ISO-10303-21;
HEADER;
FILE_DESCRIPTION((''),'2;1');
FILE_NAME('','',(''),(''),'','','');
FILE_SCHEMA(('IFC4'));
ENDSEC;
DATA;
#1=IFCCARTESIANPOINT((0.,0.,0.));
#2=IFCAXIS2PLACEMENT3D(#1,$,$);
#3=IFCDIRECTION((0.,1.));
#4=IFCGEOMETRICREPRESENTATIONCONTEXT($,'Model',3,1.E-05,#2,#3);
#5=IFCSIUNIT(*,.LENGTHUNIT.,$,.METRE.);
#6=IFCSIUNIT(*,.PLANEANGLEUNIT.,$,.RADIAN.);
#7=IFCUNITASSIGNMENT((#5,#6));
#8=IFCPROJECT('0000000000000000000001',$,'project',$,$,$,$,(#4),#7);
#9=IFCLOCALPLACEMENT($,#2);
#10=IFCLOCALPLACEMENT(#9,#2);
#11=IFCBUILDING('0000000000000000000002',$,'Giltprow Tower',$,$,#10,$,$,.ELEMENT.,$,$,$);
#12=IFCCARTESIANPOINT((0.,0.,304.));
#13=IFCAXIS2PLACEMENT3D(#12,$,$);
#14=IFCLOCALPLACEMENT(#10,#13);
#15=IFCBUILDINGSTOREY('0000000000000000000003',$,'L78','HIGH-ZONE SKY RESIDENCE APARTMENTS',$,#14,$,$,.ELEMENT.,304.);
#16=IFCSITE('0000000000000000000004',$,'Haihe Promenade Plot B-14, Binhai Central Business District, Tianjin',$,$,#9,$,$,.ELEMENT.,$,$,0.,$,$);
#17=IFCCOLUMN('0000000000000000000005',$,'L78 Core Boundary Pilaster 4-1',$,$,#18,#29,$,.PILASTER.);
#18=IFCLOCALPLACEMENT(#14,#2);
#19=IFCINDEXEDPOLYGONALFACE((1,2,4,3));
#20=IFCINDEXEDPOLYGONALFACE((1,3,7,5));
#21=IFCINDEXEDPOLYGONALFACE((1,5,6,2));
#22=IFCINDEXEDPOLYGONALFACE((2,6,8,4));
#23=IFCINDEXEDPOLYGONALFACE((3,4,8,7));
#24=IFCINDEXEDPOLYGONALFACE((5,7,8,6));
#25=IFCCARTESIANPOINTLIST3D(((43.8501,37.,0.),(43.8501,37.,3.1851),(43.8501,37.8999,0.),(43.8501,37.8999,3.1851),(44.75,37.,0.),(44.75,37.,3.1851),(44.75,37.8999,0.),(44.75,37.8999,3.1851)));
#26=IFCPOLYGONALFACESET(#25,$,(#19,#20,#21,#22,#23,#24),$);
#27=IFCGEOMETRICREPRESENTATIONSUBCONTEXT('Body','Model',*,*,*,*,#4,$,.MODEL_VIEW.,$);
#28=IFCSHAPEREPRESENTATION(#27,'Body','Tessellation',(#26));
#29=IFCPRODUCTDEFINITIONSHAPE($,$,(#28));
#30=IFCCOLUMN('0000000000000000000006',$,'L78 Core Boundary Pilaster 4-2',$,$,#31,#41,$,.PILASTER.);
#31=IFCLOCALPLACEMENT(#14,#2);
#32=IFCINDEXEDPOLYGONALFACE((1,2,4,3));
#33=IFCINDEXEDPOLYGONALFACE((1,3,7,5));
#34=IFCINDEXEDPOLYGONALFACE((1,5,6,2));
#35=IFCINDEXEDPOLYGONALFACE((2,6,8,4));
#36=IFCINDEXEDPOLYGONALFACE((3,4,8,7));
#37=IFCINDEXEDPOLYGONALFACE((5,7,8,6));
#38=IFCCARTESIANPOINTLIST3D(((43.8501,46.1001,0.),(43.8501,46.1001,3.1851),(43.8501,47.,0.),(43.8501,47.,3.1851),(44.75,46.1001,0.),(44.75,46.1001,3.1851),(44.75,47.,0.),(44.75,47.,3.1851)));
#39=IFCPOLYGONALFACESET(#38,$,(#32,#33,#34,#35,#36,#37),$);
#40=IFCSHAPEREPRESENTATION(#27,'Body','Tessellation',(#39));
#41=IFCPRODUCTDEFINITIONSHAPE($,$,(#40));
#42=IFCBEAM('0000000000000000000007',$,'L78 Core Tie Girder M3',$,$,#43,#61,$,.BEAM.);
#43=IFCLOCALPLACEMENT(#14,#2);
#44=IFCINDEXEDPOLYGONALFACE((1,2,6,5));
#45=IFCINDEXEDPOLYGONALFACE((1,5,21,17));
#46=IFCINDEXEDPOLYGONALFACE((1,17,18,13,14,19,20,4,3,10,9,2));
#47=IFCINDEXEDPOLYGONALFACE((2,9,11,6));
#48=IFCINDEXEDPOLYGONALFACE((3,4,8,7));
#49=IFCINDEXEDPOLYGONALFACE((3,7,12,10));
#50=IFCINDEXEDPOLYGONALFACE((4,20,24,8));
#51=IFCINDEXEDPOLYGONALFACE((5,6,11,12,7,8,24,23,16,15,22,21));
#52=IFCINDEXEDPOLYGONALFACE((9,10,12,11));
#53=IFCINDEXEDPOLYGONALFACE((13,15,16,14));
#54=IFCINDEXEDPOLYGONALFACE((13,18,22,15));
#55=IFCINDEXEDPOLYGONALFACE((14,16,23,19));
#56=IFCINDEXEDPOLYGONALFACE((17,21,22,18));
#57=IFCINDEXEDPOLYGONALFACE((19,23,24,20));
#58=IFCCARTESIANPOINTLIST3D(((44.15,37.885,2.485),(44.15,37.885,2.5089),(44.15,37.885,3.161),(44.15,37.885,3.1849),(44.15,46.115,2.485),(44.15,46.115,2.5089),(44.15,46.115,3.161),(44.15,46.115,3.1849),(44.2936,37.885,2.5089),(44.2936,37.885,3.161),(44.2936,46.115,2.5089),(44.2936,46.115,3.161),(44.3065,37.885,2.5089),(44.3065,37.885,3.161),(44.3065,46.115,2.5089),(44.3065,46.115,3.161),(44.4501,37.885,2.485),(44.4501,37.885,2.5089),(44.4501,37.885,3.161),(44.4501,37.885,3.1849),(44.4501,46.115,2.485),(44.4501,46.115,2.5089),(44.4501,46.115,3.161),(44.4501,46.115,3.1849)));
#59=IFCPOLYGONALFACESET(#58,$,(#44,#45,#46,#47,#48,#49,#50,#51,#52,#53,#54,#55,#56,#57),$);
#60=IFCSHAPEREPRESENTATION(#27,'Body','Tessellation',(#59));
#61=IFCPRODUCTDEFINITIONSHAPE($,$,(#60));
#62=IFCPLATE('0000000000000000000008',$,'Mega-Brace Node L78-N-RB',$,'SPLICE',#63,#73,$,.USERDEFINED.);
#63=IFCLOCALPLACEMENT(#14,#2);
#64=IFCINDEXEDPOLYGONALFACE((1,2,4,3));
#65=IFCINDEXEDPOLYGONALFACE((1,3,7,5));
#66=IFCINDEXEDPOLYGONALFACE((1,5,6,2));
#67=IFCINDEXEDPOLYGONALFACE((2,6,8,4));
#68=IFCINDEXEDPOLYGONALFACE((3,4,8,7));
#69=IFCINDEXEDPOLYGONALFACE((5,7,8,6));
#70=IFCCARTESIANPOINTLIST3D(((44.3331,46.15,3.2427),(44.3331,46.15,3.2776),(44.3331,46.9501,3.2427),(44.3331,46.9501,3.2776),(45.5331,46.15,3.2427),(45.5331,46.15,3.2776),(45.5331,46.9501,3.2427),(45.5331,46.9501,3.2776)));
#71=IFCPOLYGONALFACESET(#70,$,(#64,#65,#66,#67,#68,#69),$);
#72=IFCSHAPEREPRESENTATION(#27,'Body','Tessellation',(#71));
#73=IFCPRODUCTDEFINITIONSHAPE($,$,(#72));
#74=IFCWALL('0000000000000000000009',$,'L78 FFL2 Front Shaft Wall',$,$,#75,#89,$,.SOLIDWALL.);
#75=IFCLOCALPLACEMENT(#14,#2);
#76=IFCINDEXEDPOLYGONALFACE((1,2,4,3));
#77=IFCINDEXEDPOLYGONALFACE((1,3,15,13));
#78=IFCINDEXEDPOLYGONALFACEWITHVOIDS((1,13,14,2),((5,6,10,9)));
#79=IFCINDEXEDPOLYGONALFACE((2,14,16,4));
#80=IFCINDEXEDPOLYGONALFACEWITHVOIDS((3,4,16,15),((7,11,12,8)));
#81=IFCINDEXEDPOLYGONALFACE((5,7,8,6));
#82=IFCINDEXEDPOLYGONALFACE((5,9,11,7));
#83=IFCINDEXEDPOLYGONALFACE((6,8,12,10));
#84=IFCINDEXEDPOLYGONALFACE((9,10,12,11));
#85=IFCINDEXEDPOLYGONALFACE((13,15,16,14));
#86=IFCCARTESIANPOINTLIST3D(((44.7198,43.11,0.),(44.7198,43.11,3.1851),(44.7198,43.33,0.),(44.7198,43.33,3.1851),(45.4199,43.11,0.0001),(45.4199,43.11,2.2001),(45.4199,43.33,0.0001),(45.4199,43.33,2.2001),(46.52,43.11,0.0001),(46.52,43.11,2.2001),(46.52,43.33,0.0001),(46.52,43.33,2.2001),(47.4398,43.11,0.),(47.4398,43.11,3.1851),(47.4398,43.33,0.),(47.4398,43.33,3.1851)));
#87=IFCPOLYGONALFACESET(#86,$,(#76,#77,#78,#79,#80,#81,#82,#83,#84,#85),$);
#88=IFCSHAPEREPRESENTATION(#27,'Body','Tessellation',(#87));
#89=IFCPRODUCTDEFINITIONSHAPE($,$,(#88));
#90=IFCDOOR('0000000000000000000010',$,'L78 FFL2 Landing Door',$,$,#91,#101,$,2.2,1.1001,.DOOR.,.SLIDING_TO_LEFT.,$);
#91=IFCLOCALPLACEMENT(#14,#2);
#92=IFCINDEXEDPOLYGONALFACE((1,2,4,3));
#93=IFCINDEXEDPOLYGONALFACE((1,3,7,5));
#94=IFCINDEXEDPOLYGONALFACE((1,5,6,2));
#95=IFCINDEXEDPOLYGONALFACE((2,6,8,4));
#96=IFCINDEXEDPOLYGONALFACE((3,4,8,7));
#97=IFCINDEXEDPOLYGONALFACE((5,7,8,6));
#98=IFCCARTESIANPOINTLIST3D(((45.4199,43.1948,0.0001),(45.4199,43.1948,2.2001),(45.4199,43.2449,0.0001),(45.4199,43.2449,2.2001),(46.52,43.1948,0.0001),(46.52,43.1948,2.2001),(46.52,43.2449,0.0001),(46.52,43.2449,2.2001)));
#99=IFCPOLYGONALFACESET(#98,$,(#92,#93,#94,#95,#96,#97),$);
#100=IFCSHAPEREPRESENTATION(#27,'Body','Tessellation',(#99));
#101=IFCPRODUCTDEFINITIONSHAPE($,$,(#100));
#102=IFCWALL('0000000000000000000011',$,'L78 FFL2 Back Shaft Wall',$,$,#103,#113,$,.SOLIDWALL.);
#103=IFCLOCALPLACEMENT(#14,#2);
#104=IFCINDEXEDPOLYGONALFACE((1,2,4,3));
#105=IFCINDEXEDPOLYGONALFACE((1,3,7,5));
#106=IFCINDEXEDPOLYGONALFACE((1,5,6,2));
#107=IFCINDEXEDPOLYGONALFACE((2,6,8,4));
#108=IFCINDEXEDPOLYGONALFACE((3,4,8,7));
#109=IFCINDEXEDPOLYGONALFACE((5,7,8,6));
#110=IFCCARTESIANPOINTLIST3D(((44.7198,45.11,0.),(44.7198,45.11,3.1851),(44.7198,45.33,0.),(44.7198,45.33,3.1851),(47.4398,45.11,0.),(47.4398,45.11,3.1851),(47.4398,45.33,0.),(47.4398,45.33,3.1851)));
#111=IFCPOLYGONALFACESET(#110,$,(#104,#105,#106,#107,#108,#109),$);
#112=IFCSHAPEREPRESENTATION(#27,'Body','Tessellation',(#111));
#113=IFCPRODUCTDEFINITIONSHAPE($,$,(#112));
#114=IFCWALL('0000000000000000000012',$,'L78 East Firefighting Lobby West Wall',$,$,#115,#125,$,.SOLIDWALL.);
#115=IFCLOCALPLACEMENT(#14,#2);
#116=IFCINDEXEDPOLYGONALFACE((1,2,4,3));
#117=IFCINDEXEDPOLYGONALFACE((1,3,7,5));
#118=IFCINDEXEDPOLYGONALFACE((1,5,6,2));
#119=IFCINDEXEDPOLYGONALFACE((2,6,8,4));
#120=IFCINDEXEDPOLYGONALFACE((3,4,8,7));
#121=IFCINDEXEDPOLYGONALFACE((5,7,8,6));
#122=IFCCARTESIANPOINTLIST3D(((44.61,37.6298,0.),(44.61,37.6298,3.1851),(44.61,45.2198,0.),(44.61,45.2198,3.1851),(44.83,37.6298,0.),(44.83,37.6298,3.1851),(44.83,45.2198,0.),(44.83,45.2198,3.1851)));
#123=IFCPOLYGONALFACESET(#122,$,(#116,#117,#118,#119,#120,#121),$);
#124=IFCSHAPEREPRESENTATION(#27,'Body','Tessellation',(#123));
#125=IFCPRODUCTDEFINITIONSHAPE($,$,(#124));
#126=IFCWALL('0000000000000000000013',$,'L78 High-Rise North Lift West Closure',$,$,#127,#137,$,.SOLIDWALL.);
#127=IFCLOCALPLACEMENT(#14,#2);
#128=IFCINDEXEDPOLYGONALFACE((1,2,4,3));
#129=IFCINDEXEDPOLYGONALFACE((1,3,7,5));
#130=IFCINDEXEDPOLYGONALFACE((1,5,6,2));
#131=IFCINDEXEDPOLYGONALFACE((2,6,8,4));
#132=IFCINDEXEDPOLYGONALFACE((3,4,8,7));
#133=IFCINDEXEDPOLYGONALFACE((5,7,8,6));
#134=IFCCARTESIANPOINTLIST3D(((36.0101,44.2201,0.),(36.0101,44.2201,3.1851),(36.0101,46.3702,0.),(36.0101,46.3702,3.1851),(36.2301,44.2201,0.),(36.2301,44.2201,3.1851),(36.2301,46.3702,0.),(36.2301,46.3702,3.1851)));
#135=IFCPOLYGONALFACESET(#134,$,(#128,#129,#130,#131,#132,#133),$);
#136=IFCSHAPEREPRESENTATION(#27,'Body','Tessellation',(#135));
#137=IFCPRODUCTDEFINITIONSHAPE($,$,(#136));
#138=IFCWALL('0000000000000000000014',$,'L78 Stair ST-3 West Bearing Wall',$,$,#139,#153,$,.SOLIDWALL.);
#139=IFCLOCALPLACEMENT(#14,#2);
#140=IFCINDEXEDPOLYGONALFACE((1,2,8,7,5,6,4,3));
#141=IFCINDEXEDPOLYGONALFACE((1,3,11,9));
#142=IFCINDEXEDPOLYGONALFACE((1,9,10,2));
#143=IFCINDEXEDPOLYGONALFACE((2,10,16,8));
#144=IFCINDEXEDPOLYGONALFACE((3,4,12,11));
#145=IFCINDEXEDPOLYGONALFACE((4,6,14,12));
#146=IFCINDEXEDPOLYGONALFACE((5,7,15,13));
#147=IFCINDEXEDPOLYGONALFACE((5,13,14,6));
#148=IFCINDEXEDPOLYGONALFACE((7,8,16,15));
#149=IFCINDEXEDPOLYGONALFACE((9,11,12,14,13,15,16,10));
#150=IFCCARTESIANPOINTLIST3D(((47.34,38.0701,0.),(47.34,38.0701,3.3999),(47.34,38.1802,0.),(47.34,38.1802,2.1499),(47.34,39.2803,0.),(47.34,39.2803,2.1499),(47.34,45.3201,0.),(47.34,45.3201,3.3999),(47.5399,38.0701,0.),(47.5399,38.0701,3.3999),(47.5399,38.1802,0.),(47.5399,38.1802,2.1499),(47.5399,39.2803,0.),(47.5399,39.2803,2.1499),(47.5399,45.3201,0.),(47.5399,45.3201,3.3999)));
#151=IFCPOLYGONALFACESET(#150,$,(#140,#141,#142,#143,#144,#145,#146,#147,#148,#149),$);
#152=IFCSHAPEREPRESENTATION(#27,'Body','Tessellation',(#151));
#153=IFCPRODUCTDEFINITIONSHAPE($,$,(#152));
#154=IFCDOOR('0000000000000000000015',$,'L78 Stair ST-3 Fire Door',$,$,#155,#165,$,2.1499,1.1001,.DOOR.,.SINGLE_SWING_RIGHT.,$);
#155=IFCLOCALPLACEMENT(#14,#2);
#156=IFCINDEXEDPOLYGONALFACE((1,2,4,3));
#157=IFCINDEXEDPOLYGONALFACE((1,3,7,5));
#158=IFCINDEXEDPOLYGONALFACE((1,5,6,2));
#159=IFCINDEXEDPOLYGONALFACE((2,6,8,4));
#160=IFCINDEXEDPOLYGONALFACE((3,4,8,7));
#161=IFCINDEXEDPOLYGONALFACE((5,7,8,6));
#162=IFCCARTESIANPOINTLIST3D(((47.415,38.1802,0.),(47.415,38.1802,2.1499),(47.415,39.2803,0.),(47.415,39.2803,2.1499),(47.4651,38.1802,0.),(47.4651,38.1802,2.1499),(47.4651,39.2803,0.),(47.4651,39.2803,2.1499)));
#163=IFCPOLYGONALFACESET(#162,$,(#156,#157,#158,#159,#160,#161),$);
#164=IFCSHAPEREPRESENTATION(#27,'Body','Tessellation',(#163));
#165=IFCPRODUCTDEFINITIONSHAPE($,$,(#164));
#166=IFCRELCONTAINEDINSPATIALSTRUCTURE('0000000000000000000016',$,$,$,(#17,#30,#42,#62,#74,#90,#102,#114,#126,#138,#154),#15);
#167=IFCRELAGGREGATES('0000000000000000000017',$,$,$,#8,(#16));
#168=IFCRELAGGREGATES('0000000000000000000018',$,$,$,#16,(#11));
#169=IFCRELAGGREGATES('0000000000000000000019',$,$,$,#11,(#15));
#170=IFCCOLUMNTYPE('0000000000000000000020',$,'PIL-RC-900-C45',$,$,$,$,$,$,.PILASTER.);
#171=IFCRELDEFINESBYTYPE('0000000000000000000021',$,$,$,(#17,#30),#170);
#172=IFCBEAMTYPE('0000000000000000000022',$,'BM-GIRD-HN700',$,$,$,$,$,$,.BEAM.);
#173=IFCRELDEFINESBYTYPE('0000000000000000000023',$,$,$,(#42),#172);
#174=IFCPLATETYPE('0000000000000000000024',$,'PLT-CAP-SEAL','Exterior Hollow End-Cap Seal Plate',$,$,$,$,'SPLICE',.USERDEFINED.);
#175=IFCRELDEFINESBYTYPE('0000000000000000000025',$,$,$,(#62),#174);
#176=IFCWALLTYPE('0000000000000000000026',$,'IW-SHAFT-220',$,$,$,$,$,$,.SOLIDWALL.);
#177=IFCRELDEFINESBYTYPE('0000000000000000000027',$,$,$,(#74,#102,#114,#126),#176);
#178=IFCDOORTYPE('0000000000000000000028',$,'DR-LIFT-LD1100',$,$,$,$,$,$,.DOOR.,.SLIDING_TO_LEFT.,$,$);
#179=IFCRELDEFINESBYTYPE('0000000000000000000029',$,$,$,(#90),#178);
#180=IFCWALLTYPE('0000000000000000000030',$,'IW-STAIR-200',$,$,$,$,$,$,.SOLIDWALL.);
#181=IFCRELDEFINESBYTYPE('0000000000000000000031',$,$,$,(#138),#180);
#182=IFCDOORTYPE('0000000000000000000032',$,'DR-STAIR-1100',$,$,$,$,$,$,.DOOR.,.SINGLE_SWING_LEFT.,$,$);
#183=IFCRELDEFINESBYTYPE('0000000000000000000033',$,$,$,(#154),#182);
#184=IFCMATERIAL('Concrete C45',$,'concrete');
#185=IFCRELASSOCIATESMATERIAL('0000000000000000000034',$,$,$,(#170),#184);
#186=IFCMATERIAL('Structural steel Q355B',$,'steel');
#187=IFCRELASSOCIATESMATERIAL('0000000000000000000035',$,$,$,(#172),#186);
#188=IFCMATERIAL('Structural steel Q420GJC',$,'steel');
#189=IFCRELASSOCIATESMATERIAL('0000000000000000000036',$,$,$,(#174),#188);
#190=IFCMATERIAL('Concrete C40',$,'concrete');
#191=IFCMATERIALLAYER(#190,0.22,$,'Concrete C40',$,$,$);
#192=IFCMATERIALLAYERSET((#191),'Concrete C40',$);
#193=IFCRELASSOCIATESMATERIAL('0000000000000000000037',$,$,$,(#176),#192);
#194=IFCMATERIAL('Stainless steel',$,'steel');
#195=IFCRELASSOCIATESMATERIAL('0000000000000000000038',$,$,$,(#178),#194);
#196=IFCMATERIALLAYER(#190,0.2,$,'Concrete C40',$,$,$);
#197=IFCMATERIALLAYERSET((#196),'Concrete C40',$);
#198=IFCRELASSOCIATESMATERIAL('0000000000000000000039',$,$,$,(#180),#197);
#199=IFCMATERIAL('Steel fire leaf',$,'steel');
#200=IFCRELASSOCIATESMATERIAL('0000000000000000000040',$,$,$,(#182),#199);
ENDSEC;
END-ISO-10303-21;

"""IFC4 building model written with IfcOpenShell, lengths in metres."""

from ifc_helpers import new_model, si_unit, direction, frame, frame_2d, origin, origin_2d, place, context, subcontext, project, spatial, rectangle, i_section, extrude, source, transform, mapped, material, layer, layer_set, material_profile, profile_set, type_object, element, fill, save


model = new_model("IFC4")

# Units and contexts
model_context = context("Model", 3, precision=1e-05, world=origin(), true_north=direction((0.0, 1.0)))
body_context = subcontext(model_context, "Body", "Model", "MODEL_VIEW")
ifc_project = project(units=[si_unit("LENGTHUNIT", "METRE"), si_unit("PLANEANGLEUNIT", "RADIAN")], contexts=[model_context])

# Site, building, storey
site_placement = place(None, origin())
site = spatial("IfcSite", under=ifc_project, at=site_placement, Name="Haihe Promenade Plot B-14, Binhai Central Business District, Tianjin", CompositionType="ELEMENT", RefElevation=0.0)
building_placement = place(site_placement, origin())
building = spatial("IfcBuilding", under=site, at=building_placement, Name="Giltprow Tower", CompositionType="ELEMENT")
storey_placement = place(building_placement, frame((0.0, 0.0, 304.0)))
storey = spatial("IfcBuildingStorey", under=building, at=storey_placement, Name="L78", Description="HIGH-ZONE SKY RESIDENCE APARTMENTS", CompositionType="ELEMENT", Elevation=304.0)

# Columns
ifc_material_1 = material(Name="Concrete C45", Category="concrete")
ifc_material_profile_1 = material_profile(ifc_material_1, rectangle(XDim=0.8999, YDim=0.8999, at=origin_2d()), Name="RC 900x900")
ifc_profile_set_1 = profile_set([ifc_material_profile_1], Name="Concrete C45")
column_type = type_object("IfcColumnType", Name="PIL-RC-900-C45", PredefinedType="PILASTER", material=ifc_profile_set_1)
shared_shape_1 = source(origin(), body_context, "Body", "SweptSolid", [
    extrude(rectangle(XDim=0.8999, YDim=0.8999, at=origin_2d()), origin(), (0.0, 0.0, 1.0), 3.1851),
])
for number, where, z_axis, x_axis, name in (
    (1, (44.3, 37.45, 0.0), (0.0, 0.0, 1.0), (1.0, 0.0, 0.0), "L78 Core Boundary Pilaster 4-1"),
    (2, (44.3, 46.55, 0.0), (0.0, 0.0, 1.0), (1.0, 0.0, 0.0), "L78 Core Boundary Pilaster 4-2"),
):
    element("IfcColumn", number, at=place(storey_placement, frame(where, z_axis=z_axis, x_axis=x_axis)), inside=storey, type_object=column_type, Name=name, PredefinedType="PILASTER", context=body_context, shape_type="MappedRepresentation", body=[
        mapped(shared_shape_1, transform((0.0, 0.0, 0.0), x_axis=(1.0, 0.0, 0.0), y_axis=(0.0, 1.0, 0.0), z_axis=(0.0, 0.0, 1.0), scale=1.0)),
    ])

# Beam
ifc_material_2 = material(Name="Structural steel Q355B", Category="steel")
ifc_material_profile_2 = material_profile(ifc_material_2, i_section(OverallWidth=0.3, OverallDepth=0.7, WebThickness=0.0129, FlangeThickness=0.0239, at=origin_2d()), Name="HN 700x300x13x24")
ifc_profile_set_2 = profile_set([ifc_material_profile_2], Name="Structural steel Q355B")
beam_type = type_object("IfcBeamType", Name="BM-GIRD-HN700", PredefinedType="BEAM", material=ifc_profile_set_2)
shared_shape_2 = source(origin(), body_context, "Body", "SweptSolid", [
    extrude(i_section(OverallWidth=0.3, OverallDepth=0.7, WebThickness=0.0129, FlangeThickness=0.0239, at=origin_2d()), origin(), (0.0, 0.0, 1.0), 8.23),
])
beam_placement = place(storey_placement, frame((44.3, 37.885, 2.835), z_axis=(0.0, 1.0, 0.0), x_axis=(-1.0, 0.0, 0.0)))
element("IfcBeam", 3, at=beam_placement, inside=storey, type_object=beam_type, Name="L78 Core Tie Girder M3", PredefinedType="BEAM", context=body_context, shape_type="MappedRepresentation", body=[
    mapped(shared_shape_2, transform((0.0, 0.0, 0.0), x_axis=(1.0, 0.0, 0.0), y_axis=(0.0, 1.0, 0.0), z_axis=(0.0, 0.0, 1.0), scale=1.0)),
])

# Plate
ifc_material_3 = material(Name="Structural steel Q420GJC", Category="steel")
plate_type = type_object("IfcPlateType", Name="PLT-CAP-SEAL", Description="Exterior Hollow End-Cap Seal Plate", ElementType="SPLICE", PredefinedType="USERDEFINED", material=ifc_material_3)
shared_shape_3 = source(origin(), body_context, "Body", "SweptSolid", [
    extrude(rectangle(XDim=1.2, YDim=0.8, at=origin_2d()), origin(), (0.0, 0.0, 1.0), 0.0349),
])
plate_placement = place(storey_placement, frame((44.9331, 46.55, 3.2427), z_axis=(0.0, 0.0, 1.0), x_axis=(1.0, 0.0, 0.0)))
element("IfcPlate", 4, at=plate_placement, inside=storey, type_object=plate_type, Name="Mega-Brace Node L78-N-RB", ObjectType="SPLICE", PredefinedType="USERDEFINED", context=body_context, shape_type="MappedRepresentation", body=[
    mapped(shared_shape_3, transform((0.0, 0.0, 0.0), x_axis=(1.0, 0.0, 0.0), y_axis=(0.0, 1.0, 0.0), z_axis=(0.0, 0.0, 1.0), scale=1.0)),
])

# Wall, opening, door
ifc_material_4 = material(Name="Concrete C40", Category="concrete")
ifc_layer_1 = layer(ifc_material_4, 0.22, Name="Concrete C40")
ifc_layer_set_1 = layer_set([ifc_layer_1], Name="Concrete C40")
wall_type_1 = type_object("IfcWallType", Name="IW-SHAFT-220", PredefinedType="SOLIDWALL", material=ifc_layer_set_1)
wall_1_placement = place(storey_placement, frame((44.72, 43.22, 0.0), z_axis=(0.0, 0.0, 1.0), x_axis=(1.0, 0.0, 0.0)))
wall_1 = element("IfcWall", 5, at=wall_1_placement, inside=storey, type_object=wall_type_1, Name="L78 FFL2 Front Shaft Wall", PredefinedType="SOLIDWALL", context=body_context, shape_type="SweptSolid", body=[
    extrude(rectangle(XDim=2.72, YDim=0.22, at=frame_2d((1.3599, 0.0))), origin(), (0.0, 0.0, 1.0), 3.1851),
])
opening_1_placement = place(wall_1_placement, frame((0.7, 0.0, 0.0)))
opening_1 = element("IfcOpeningElement", 6, at=opening_1_placement, cuts=wall_1, PredefinedType="OPENING", context=body_context, shape_type="SweptSolid", body=[
    extrude(rectangle(XDim=1.1001, YDim=2.2, at=frame_2d((0.55, 1.1001))), frame((0.0, 0.1199, 0.0), z_axis=(0.0, -1.0, 0.0), x_axis=(1.0, 0.0, 0.0)), (0.0, 0.0, 1.0), 0.24),
])
ifc_material_5 = material(Name="Stainless steel", Category="steel")
door_type_1 = type_object("IfcDoorType", Name="DR-LIFT-LD1100", OperationType="SLIDING_TO_LEFT", PredefinedType="DOOR", material=ifc_material_5)
shared_shape_4 = source(origin(), body_context, "Body", "SweptSolid", [
    extrude(rectangle(XDim=1.1001, YDim=2.2, at=frame_2d((0.55, 1.1001))), frame((0.0, 0.0249, 0.0), z_axis=(0.0, -1.0, 0.0), x_axis=(1.0, 0.0, 0.0)), (0.0, 0.0, 1.0), 0.05),
])
door_1_placement = place(opening_1_placement, origin())
door_1 = element("IfcDoor", 7, at=door_1_placement, inside=storey, type_object=door_type_1, Name="L78 FFL2 Landing Door", OperationType="SLIDING_TO_LEFT", OverallHeight=2.2, OverallWidth=1.1001, PredefinedType="DOOR", context=body_context, shape_type="MappedRepresentation", body=[
    mapped(shared_shape_4, transform((0.0, 0.0, 0.0), x_axis=(1.0, 0.0, 0.0), y_axis=(0.0, 1.0, 0.0), z_axis=(0.0, 0.0, 1.0), scale=1.0)),
])
fill(opening_1, door_1)

# Walls
wall_2_placement = place(storey_placement, frame((44.72, 45.22, 0.0), z_axis=(0.0, 0.0, 1.0), x_axis=(1.0, 0.0, 0.0)))
element("IfcWall", 8, at=wall_2_placement, inside=storey, type_object=wall_type_1, Name="L78 FFL2 Back Shaft Wall", PredefinedType="SOLIDWALL", context=body_context, shape_type="SweptSolid", body=[
    extrude(rectangle(XDim=2.72, YDim=0.22, at=frame_2d((1.3599, 0.0))), origin(), (0.0, 0.0, 1.0), 3.1851),
])
wall_3_placement = place(storey_placement, frame((44.72, 37.6299, 0.0), z_axis=(0.0, 0.0, 1.0), x_axis=(0.0, 1.0, 0.0)))
element("IfcWall", 9, at=wall_3_placement, inside=storey, type_object=wall_type_1, Name="L78 East Firefighting Lobby West Wall", PredefinedType="SOLIDWALL", context=body_context, shape_type="SweptSolid", body=[
    extrude(rectangle(XDim=7.5901, YDim=0.22, at=frame_2d((3.7949, 0.0))), origin(), (0.0, 0.0, 1.0), 3.1851),
])
wall_4_placement = place(storey_placement, frame((36.1201, 44.22, 0.0), z_axis=(0.0, 0.0, 1.0), x_axis=(0.0, 1.0, 0.0)))
element("IfcWall", 10, at=wall_4_placement, inside=storey, type_object=wall_type_1, Name="L78 High-Rise North Lift West Closure", PredefinedType="SOLIDWALL", context=body_context, shape_type="SweptSolid", body=[
    extrude(rectangle(XDim=2.1501, YDim=0.22, at=frame_2d((1.0752, 0.0))), origin(), (0.0, 0.0, 1.0), 3.1851),
])

# Wall, opening, door
ifc_layer_2 = layer(ifc_material_4, 0.2, Name="Concrete C40")
ifc_layer_set_2 = layer_set([ifc_layer_2], Name="Concrete C40")
wall_type_2 = type_object("IfcWallType", Name="IW-STAIR-200", PredefinedType="SOLIDWALL", material=ifc_layer_set_2)
wall_5_placement = place(storey_placement, frame((47.4399, 38.0701, 0.0), z_axis=(0.0, 0.0, 1.0), x_axis=(0.0, 1.0, 0.0)))
wall_5 = element("IfcWall", 11, at=wall_5_placement, inside=storey, type_object=wall_type_2, Name="L78 Stair ST-3 West Bearing Wall", PredefinedType="SOLIDWALL", context=body_context, shape_type="SweptSolid", body=[
    extrude(rectangle(XDim=7.25, YDim=0.2, at=frame_2d((3.625, 0.0))), origin(), (0.0, 0.0, 1.0), 3.3999),
])
opening_2_placement = place(wall_5_placement, frame((0.1101, 0.0, 0.0)))
opening_2 = element("IfcOpeningElement", 12, at=opening_2_placement, cuts=wall_5, PredefinedType="OPENING", context=body_context, shape_type="SweptSolid", body=[
    extrude(rectangle(XDim=1.1001, YDim=2.1499, at=frame_2d((0.55, 1.075))), frame((0.0, 0.1099, 0.0), z_axis=(0.0, -1.0, 0.0), x_axis=(1.0, 0.0, 0.0)), (0.0, 0.0, 1.0), 0.22),
])
ifc_material_6 = material(Name="Steel fire leaf", Category="steel")
door_type_2 = type_object("IfcDoorType", Name="DR-STAIR-1100", OperationType="SINGLE_SWING_LEFT", PredefinedType="DOOR", material=ifc_material_6)
shared_shape_5 = source(origin(), body_context, "Body", "SweptSolid", [
    extrude(rectangle(XDim=1.1001, YDim=2.1499, at=frame_2d((0.55, 1.075))), frame((0.0, 0.0249, 0.0), z_axis=(0.0, -1.0, 0.0), x_axis=(1.0, 0.0, 0.0)), (0.0, 0.0, 1.0), 0.05),
])
door_2_placement = place(opening_2_placement, origin())
door_2 = element("IfcDoor", 13, at=door_2_placement, inside=storey, type_object=door_type_2, Name="L78 Stair ST-3 Fire Door", OperationType="SINGLE_SWING_RIGHT", OverallHeight=2.1499, OverallWidth=1.1001, PredefinedType="DOOR", context=body_context, shape_type="MappedRepresentation", body=[
    mapped(shared_shape_5, transform((0.0, 0.0, 0.0), x_axis=(1.0, 0.0, 0.0), y_axis=(0.0, 1.0, 0.0), z_axis=(0.0, 0.0, 1.0), scale=1.0)),
])
fill(opening_2, door_2)

save(model, "model.ifc")
